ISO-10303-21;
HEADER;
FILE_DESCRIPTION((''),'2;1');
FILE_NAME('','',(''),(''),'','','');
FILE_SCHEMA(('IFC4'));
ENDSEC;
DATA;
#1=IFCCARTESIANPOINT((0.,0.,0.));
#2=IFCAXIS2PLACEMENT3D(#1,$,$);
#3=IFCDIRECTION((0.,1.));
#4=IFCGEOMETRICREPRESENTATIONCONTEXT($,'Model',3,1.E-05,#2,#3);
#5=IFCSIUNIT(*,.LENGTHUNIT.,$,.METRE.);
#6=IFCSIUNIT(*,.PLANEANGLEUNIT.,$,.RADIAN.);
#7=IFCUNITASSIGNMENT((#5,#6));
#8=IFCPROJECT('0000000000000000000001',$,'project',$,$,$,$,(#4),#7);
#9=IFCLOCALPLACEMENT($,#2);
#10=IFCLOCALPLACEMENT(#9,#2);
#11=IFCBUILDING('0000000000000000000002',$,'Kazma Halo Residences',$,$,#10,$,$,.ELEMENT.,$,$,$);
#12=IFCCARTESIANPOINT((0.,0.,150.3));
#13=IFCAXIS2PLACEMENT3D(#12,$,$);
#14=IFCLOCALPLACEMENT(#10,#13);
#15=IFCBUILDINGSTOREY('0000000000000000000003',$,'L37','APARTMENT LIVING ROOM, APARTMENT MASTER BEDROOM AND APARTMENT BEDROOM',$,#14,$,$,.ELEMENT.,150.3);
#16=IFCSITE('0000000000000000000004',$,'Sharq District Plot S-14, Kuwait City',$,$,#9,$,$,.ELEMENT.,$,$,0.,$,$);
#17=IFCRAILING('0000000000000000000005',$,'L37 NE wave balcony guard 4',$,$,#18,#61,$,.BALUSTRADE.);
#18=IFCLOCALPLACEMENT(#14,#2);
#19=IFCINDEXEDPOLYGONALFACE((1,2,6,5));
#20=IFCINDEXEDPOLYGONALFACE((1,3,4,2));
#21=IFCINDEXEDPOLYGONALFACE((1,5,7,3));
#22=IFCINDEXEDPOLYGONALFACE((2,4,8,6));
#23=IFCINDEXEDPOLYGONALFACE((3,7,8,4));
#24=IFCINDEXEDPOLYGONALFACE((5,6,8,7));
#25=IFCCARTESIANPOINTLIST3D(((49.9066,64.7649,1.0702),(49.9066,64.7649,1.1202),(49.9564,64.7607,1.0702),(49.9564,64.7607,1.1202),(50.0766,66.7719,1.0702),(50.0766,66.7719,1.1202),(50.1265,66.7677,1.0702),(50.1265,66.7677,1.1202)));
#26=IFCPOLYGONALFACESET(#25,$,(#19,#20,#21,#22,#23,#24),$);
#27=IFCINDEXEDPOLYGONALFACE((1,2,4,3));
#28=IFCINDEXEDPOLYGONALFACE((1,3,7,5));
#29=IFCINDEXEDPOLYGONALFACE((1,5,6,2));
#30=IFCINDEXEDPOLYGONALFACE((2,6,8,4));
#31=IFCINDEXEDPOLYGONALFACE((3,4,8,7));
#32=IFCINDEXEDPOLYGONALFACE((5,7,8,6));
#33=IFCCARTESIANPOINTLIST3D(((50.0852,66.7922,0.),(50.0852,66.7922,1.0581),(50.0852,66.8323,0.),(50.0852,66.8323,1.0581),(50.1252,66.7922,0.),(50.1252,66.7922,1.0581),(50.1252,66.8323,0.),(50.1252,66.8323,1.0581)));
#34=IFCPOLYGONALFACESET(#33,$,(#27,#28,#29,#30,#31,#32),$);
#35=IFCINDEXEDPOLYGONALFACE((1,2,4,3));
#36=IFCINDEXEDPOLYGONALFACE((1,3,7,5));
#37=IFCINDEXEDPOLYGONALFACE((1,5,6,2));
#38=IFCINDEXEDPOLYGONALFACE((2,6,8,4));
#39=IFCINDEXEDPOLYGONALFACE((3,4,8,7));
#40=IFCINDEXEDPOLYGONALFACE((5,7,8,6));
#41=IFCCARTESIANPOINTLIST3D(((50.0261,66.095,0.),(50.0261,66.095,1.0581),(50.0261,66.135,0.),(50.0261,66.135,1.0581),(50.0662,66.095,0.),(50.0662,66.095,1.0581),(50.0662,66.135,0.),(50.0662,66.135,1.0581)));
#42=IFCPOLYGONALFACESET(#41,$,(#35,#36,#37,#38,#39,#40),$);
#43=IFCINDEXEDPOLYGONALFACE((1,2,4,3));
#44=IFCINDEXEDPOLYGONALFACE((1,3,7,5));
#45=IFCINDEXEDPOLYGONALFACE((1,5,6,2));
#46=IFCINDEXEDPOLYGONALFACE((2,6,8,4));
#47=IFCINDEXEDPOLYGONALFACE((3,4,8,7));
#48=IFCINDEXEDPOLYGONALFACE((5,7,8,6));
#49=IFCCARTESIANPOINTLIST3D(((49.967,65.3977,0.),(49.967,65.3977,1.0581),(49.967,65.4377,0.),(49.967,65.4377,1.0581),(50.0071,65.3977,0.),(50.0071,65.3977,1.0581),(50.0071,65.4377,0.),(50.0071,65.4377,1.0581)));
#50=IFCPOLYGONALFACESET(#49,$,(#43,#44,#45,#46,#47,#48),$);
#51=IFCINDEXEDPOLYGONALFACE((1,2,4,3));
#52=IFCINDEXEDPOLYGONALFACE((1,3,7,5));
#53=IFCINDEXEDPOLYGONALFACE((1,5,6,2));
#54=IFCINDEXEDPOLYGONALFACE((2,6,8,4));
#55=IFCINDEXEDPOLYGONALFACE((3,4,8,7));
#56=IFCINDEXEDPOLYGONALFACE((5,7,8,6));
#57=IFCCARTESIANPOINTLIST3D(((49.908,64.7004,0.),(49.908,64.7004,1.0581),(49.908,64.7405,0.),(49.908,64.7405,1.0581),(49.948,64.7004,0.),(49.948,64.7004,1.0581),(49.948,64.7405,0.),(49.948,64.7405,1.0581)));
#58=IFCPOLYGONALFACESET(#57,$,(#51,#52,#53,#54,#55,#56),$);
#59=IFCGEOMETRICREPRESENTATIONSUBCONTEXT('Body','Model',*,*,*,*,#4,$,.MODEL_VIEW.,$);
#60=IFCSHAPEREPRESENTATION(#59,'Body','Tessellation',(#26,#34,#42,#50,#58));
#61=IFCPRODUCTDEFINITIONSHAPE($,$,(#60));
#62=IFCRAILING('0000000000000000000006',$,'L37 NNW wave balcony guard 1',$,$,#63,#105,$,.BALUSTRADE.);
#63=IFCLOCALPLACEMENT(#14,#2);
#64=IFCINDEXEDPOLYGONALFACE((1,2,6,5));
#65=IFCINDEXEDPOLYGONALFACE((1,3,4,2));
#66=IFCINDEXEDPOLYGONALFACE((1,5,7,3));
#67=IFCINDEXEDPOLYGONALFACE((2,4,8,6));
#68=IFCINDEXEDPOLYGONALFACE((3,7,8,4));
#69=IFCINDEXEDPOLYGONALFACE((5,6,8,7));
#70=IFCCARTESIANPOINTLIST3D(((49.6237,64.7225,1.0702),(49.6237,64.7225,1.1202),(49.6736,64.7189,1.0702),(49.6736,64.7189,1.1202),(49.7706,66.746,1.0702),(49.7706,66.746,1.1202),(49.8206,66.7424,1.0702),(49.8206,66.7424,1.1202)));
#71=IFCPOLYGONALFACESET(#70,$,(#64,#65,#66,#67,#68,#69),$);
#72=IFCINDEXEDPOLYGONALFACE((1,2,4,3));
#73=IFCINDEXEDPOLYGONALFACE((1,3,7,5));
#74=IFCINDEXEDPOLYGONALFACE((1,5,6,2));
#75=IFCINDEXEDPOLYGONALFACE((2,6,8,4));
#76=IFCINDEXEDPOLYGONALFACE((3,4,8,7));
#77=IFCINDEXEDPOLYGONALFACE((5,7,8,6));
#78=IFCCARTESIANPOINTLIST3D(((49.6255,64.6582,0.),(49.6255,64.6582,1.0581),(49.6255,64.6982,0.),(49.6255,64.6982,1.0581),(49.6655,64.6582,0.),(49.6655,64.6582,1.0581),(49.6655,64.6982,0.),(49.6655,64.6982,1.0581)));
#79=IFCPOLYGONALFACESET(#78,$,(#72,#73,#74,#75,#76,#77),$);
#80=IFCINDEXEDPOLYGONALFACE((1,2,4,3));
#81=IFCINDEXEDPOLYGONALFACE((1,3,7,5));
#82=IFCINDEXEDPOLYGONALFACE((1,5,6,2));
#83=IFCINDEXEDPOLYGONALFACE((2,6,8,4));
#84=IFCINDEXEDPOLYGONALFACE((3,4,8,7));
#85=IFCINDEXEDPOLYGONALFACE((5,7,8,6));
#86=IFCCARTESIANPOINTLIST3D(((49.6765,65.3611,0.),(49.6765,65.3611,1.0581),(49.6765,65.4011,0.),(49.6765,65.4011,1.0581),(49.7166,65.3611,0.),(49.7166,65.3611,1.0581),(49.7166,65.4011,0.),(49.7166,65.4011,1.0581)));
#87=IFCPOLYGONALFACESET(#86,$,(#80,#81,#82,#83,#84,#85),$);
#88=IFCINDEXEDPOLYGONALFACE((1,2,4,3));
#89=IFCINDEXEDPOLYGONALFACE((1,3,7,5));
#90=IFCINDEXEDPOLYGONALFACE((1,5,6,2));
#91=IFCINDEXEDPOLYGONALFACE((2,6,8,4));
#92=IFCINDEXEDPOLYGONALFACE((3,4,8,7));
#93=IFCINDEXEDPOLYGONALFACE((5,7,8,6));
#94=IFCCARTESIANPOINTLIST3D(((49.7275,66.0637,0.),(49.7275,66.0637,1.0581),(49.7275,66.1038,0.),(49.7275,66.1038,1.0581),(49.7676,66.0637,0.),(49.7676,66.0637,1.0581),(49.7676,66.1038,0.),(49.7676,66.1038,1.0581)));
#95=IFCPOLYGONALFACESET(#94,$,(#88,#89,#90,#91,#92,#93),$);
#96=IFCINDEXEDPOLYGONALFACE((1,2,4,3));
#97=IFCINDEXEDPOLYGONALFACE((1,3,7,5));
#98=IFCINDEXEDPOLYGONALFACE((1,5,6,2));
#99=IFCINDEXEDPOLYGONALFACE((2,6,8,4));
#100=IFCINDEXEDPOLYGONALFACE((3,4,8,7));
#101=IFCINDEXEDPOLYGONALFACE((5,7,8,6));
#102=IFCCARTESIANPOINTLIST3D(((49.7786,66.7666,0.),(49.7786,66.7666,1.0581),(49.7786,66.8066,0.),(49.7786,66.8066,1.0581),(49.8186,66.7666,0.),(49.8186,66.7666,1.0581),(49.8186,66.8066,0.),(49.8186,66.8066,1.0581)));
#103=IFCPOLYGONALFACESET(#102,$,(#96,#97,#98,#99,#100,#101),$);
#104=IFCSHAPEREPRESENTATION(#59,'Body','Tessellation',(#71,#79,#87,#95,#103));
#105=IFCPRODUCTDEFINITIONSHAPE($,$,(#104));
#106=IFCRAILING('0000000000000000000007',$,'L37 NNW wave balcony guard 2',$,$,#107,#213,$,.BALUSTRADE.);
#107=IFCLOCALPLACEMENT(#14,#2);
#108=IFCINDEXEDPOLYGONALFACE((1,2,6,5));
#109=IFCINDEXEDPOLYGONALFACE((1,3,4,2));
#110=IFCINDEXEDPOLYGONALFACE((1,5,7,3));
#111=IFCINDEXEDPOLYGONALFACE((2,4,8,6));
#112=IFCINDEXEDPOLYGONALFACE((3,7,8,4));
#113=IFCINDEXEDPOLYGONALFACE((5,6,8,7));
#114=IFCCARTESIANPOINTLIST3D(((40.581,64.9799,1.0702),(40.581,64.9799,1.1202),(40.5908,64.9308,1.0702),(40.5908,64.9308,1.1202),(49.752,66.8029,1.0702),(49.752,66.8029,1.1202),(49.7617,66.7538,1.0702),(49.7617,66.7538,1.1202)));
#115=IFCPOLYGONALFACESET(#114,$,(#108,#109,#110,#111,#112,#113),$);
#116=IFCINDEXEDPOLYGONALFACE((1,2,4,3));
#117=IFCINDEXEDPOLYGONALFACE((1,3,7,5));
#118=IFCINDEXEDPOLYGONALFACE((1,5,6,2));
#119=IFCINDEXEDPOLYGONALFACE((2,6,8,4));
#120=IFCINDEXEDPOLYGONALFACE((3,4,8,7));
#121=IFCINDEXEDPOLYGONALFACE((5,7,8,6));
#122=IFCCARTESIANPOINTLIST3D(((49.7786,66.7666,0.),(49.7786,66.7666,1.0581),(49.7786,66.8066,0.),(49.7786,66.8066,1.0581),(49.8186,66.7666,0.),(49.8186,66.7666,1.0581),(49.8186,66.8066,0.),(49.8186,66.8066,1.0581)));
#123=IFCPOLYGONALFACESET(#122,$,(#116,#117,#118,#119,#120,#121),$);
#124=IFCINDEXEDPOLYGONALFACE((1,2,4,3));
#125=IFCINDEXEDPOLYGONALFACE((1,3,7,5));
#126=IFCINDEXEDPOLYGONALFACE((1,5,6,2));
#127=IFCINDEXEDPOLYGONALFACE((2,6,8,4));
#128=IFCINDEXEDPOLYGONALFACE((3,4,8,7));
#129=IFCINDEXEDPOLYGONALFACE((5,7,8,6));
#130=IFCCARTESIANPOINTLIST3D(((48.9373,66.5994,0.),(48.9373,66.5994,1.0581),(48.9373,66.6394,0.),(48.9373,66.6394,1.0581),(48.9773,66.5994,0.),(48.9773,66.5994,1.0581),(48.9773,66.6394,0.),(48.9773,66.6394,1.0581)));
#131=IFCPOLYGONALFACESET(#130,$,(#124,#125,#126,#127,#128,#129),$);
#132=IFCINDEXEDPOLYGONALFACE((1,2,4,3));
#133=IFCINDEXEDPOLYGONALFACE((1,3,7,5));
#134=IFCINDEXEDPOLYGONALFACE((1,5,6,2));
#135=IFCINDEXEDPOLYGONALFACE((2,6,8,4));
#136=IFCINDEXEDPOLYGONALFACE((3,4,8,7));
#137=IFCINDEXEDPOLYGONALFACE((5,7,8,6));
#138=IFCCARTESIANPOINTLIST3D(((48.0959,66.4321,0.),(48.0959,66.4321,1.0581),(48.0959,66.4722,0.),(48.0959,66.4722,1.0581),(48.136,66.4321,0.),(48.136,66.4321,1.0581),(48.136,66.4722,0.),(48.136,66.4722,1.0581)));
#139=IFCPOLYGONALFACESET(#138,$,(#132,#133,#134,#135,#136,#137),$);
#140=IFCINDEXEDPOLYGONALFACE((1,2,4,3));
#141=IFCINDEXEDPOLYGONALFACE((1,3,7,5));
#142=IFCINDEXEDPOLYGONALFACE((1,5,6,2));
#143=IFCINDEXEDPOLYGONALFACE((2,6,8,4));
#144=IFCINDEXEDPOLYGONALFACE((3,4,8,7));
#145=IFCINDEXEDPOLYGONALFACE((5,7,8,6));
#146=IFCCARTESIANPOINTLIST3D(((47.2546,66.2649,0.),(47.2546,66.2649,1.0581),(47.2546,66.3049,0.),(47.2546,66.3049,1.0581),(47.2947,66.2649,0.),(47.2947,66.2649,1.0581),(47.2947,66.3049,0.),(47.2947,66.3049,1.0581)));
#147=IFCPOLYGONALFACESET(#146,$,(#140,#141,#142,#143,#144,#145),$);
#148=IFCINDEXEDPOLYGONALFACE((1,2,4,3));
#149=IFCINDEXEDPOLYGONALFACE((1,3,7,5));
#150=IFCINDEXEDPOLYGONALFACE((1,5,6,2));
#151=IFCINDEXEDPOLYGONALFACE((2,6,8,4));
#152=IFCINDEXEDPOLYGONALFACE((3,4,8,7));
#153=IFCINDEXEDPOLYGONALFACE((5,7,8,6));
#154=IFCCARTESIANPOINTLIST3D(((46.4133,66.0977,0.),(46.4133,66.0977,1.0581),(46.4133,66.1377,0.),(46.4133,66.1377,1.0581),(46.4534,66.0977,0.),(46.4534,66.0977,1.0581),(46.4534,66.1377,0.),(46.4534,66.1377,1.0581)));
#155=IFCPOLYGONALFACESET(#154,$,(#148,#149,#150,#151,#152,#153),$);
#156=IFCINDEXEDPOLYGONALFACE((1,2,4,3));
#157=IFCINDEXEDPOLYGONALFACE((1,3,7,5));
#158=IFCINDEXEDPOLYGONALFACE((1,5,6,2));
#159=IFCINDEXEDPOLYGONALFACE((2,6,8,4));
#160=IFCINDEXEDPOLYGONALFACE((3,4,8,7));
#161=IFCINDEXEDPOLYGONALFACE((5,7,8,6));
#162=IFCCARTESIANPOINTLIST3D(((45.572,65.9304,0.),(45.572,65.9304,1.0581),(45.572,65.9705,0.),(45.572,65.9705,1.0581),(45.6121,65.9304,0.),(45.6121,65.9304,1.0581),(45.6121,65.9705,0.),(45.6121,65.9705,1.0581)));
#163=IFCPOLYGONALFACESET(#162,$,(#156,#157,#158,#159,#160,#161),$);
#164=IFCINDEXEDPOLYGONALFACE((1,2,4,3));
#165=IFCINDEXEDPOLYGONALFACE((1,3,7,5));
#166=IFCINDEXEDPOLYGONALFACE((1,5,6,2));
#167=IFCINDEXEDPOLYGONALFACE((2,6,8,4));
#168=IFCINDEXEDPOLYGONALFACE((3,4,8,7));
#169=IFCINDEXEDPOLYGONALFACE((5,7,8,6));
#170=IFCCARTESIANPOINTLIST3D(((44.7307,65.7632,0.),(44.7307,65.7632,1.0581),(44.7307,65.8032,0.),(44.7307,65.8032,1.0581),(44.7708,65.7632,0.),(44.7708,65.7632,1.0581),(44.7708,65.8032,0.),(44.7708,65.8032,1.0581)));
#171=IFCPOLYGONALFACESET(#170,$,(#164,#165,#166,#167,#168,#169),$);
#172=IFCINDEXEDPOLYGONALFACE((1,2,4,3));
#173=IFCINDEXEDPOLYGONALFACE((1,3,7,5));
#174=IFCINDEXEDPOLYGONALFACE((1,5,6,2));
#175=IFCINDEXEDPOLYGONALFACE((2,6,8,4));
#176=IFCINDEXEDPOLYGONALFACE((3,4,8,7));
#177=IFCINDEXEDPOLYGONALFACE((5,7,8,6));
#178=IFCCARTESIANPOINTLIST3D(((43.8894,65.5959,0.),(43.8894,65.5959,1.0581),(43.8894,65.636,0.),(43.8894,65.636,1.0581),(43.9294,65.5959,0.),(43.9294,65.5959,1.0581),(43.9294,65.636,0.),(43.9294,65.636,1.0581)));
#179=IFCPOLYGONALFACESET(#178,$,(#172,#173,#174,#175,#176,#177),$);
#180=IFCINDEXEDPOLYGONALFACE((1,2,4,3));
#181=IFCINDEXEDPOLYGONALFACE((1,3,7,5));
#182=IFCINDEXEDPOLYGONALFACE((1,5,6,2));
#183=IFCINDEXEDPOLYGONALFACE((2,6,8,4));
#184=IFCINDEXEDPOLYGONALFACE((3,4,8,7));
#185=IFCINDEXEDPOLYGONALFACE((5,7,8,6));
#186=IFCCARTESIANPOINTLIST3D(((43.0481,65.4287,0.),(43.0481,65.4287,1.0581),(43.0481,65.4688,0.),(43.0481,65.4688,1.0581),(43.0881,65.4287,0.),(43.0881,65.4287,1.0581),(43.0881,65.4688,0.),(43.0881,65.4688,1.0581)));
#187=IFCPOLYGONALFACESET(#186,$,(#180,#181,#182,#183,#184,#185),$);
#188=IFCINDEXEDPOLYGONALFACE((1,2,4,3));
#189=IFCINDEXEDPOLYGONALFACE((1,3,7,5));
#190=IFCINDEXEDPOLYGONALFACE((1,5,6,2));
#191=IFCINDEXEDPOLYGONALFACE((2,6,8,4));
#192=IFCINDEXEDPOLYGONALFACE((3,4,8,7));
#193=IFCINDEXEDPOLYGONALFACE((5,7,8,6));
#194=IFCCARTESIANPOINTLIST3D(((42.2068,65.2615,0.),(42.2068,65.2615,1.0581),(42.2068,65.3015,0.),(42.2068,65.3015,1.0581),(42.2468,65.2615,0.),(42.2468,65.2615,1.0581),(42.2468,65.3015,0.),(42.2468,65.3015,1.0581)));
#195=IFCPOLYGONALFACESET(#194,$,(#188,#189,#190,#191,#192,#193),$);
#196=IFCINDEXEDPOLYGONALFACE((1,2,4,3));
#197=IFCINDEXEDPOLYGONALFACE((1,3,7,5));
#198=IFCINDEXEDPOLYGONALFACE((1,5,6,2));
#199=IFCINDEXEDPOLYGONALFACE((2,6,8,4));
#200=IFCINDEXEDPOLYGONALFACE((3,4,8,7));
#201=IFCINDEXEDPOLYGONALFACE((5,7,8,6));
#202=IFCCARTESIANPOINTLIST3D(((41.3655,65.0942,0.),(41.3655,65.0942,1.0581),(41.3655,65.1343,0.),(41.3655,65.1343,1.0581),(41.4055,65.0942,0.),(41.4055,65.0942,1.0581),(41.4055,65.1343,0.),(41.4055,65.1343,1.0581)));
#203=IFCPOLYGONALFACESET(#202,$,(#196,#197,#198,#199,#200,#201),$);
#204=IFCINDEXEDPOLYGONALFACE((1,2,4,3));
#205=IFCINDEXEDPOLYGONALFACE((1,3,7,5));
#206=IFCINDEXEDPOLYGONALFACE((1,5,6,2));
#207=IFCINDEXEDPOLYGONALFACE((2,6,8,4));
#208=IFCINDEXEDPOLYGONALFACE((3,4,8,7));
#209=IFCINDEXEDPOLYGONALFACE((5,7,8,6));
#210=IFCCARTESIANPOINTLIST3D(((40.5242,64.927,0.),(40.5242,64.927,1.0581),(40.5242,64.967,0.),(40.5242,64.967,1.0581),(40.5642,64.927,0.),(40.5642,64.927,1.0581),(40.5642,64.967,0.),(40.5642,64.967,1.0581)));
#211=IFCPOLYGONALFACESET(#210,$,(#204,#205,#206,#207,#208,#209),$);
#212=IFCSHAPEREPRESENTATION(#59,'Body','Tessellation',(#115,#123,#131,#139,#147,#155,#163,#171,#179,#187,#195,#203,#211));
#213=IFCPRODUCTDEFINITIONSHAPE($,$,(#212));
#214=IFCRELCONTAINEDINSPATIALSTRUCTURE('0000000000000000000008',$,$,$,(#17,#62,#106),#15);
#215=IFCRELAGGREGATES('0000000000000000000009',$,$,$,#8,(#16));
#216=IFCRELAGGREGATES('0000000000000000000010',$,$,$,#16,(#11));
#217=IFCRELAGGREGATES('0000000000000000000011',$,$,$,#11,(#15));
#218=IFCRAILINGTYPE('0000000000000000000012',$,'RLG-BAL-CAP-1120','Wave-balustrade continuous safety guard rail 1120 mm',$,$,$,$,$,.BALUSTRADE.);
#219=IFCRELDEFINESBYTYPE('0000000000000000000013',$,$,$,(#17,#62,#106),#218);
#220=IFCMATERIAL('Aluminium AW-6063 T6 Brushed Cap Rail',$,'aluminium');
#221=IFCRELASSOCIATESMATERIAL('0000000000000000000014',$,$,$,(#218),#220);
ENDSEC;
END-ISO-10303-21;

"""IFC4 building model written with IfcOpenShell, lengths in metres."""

from ifc_helpers import new_model, si_unit, direction, frame, origin, origin_2d, place, context, subcontext, project, spatial, rectangle, extrude, material, type_object, element, save


model = new_model("IFC4")

# Units and contexts
model_context = context("Model", 3, precision=1e-05, world=origin(), true_north=direction((0.0, 1.0)))
body_context = subcontext(model_context, "Body", "Model", "MODEL_VIEW")
ifc_project = project(units=[si_unit("LENGTHUNIT", "METRE"), si_unit("PLANEANGLEUNIT", "RADIAN")], contexts=[model_context])

# Site, building, storey
site_placement = place(None, origin())
site = spatial("IfcSite", under=ifc_project, at=site_placement, Name="Sharq District Plot S-14, Kuwait City", CompositionType="ELEMENT", RefElevation=0.0)
building_placement = place(site_placement, origin())
building = spatial("IfcBuilding", under=site, at=building_placement, Name="Kazma Halo Residences", CompositionType="ELEMENT")
storey_placement = place(building_placement, frame((0.0, 0.0, 150.3)))
storey = spatial("IfcBuildingStorey", under=building, at=storey_placement, Name="L37", Description="APARTMENT LIVING ROOM, APARTMENT MASTER BEDROOM AND APARTMENT BEDROOM", CompositionType="ELEMENT", Elevation=150.3)

# Railings
ifc_material_1 = material(Name="Aluminium AW-6063 T6 Brushed Cap Rail", Category="aluminium")
railing_type = type_object("IfcRailingType", Name="RLG-BAL-CAP-1120", Description="Wave-balustrade continuous safety guard rail 1120 mm", PredefinedType="BALUSTRADE", material=ifc_material_1)
railing_1_placement = place(storey_placement, frame((50.1052, 66.8123, 0.0)))
element("IfcRailing", 1, at=railing_1_placement, inside=storey, type_object=railing_type, Name="L37 NE wave balcony guard 4", PredefinedType="BALUSTRADE", context=body_context, shape_type="SweptSolid", body=[
    extrude(rectangle(XDim=0.05, YDim=0.05, at=origin_2d()), frame((-0.0037, -0.0425, 1.0952), z_axis=(-0.084431, -0.996429, 0.0), x_axis=(0.996429, -0.084431, 0.0)), (0.0, 0.0, 1.0), 2.0142),
    extrude(rectangle(XDim=0.04, YDim=0.04, at=origin_2d()), origin(), (0.0, 0.0, 1.0), 1.0581),
    extrude(rectangle(XDim=0.04, YDim=0.04, at=origin_2d()), frame((-0.0591, -0.6973, 0.0)), (0.0, 0.0, 1.0), 1.0581),
    extrude(rectangle(XDim=0.04, YDim=0.04, at=origin_2d()), frame((-0.1182, -1.3945, 0.0)), (0.0, 0.0, 1.0), 1.0581),
    extrude(rectangle(XDim=0.04, YDim=0.04, at=origin_2d()), frame((-0.1772, -2.0918, 0.0)), (0.0, 0.0, 1.0), 1.0581),
])
railing_2_placement = place(storey_placement, frame((49.6455, 64.6782, 0.0)))
element("IfcRailing", 2, at=railing_2_placement, inside=storey, type_object=railing_type, Name="L37 NNW wave balcony guard 1", PredefinedType="BALUSTRADE", context=body_context, shape_type="SweptSolid", body=[
    extrude(rectangle(XDim=0.05, YDim=0.05, at=origin_2d()), frame((0.0032, 0.0425, 1.0952), z_axis=(0.072412, 0.997375, 0.0), x_axis=(-0.997375, 0.072412, 0.0)), (0.0, 0.0, 1.0), 2.0288),
    extrude(rectangle(XDim=0.04, YDim=0.04, at=origin_2d()), origin(), (0.0, 0.0, 1.0), 1.0581),
    extrude(rectangle(XDim=0.04, YDim=0.04, at=origin_2d()), frame((0.051, 0.7029, 0.0)), (0.0, 0.0, 1.0), 1.0581),
    extrude(rectangle(XDim=0.04, YDim=0.04, at=origin_2d()), frame((0.1021, 1.4055, 0.0)), (0.0, 0.0, 1.0), 1.0581),
    extrude(rectangle(XDim=0.04, YDim=0.04, at=origin_2d()), frame((0.1531, 2.1084, 0.0)), (0.0, 0.0, 1.0), 1.0581),
])
railing_3_placement = place(storey_placement, frame((49.7986, 66.7866, 0.0)))
element("IfcRailing", 3, at=railing_3_placement, inside=storey, type_object=railing_type, Name="L37 NNW wave balcony guard 2", PredefinedType="BALUSTRADE", context=body_context, shape_type="SweptSolid", body=[
    extrude(rectangle(XDim=0.05, YDim=0.05, at=origin_2d()), frame((-0.0417, -0.0083, 1.0952), z_axis=(-0.98081, -0.194967, 0.0), x_axis=(0.194967, -0.98081, 0.0)), (0.0, 0.0, 1.0), 9.3503),
    extrude(rectangle(XDim=0.04, YDim=0.04, at=origin_2d()), origin(), (0.0, 0.0, 1.0), 1.0581),
    extrude(rectangle(XDim=0.04, YDim=0.04, at=origin_2d()), frame((-0.8413, -0.1672, 0.0)), (0.0, 0.0, 1.0), 1.0581),
    extrude(rectangle(XDim=0.04, YDim=0.04, at=origin_2d()), frame((-1.6826, -0.3345, 0.0)), (0.0, 0.0, 1.0), 1.0581),
    extrude(rectangle(XDim=0.04, YDim=0.04, at=origin_2d()), frame((-2.5239, -0.5017, 0.0)), (0.0, 0.0, 1.0), 1.0581),
    extrude(rectangle(XDim=0.04, YDim=0.04, at=origin_2d()), frame((-3.3652, -0.6689, 0.0)), (0.0, 0.0, 1.0), 1.0581),
    extrude(rectangle(XDim=0.04, YDim=0.04, at=origin_2d()), frame((-4.2065, -0.8362, 0.0)), (0.0, 0.0, 1.0), 1.0581),
    extrude(rectangle(XDim=0.04, YDim=0.04, at=origin_2d()), frame((-5.0479, -1.0034, 0.0)), (0.0, 0.0, 1.0), 1.0581),
    extrude(rectangle(XDim=0.04, YDim=0.04, at=origin_2d()), frame((-5.8892, -1.1707, 0.0)), (0.0, 0.0, 1.0), 1.0581),
    extrude(rectangle(XDim=0.04, YDim=0.04, at=origin_2d()), frame((-6.7305, -1.3379, 0.0)), (0.0, 0.0, 1.0), 1.0581),
    extrude(rectangle(XDim=0.04, YDim=0.04, at=origin_2d()), frame((-7.5718, -1.5051, 0.0)), (0.0, 0.0, 1.0), 1.0581),
    extrude(rectangle(XDim=0.04, YDim=0.04, at=origin_2d()), frame((-8.4131, -1.6724, 0.0)), (0.0, 0.0, 1.0), 1.0581),
    extrude(rectangle(XDim=0.04, YDim=0.04, at=origin_2d()), frame((-9.2544, -1.8396, 0.0)), (0.0, 0.0, 1.0), 1.0581),
])

save(model, "model.ifc")
